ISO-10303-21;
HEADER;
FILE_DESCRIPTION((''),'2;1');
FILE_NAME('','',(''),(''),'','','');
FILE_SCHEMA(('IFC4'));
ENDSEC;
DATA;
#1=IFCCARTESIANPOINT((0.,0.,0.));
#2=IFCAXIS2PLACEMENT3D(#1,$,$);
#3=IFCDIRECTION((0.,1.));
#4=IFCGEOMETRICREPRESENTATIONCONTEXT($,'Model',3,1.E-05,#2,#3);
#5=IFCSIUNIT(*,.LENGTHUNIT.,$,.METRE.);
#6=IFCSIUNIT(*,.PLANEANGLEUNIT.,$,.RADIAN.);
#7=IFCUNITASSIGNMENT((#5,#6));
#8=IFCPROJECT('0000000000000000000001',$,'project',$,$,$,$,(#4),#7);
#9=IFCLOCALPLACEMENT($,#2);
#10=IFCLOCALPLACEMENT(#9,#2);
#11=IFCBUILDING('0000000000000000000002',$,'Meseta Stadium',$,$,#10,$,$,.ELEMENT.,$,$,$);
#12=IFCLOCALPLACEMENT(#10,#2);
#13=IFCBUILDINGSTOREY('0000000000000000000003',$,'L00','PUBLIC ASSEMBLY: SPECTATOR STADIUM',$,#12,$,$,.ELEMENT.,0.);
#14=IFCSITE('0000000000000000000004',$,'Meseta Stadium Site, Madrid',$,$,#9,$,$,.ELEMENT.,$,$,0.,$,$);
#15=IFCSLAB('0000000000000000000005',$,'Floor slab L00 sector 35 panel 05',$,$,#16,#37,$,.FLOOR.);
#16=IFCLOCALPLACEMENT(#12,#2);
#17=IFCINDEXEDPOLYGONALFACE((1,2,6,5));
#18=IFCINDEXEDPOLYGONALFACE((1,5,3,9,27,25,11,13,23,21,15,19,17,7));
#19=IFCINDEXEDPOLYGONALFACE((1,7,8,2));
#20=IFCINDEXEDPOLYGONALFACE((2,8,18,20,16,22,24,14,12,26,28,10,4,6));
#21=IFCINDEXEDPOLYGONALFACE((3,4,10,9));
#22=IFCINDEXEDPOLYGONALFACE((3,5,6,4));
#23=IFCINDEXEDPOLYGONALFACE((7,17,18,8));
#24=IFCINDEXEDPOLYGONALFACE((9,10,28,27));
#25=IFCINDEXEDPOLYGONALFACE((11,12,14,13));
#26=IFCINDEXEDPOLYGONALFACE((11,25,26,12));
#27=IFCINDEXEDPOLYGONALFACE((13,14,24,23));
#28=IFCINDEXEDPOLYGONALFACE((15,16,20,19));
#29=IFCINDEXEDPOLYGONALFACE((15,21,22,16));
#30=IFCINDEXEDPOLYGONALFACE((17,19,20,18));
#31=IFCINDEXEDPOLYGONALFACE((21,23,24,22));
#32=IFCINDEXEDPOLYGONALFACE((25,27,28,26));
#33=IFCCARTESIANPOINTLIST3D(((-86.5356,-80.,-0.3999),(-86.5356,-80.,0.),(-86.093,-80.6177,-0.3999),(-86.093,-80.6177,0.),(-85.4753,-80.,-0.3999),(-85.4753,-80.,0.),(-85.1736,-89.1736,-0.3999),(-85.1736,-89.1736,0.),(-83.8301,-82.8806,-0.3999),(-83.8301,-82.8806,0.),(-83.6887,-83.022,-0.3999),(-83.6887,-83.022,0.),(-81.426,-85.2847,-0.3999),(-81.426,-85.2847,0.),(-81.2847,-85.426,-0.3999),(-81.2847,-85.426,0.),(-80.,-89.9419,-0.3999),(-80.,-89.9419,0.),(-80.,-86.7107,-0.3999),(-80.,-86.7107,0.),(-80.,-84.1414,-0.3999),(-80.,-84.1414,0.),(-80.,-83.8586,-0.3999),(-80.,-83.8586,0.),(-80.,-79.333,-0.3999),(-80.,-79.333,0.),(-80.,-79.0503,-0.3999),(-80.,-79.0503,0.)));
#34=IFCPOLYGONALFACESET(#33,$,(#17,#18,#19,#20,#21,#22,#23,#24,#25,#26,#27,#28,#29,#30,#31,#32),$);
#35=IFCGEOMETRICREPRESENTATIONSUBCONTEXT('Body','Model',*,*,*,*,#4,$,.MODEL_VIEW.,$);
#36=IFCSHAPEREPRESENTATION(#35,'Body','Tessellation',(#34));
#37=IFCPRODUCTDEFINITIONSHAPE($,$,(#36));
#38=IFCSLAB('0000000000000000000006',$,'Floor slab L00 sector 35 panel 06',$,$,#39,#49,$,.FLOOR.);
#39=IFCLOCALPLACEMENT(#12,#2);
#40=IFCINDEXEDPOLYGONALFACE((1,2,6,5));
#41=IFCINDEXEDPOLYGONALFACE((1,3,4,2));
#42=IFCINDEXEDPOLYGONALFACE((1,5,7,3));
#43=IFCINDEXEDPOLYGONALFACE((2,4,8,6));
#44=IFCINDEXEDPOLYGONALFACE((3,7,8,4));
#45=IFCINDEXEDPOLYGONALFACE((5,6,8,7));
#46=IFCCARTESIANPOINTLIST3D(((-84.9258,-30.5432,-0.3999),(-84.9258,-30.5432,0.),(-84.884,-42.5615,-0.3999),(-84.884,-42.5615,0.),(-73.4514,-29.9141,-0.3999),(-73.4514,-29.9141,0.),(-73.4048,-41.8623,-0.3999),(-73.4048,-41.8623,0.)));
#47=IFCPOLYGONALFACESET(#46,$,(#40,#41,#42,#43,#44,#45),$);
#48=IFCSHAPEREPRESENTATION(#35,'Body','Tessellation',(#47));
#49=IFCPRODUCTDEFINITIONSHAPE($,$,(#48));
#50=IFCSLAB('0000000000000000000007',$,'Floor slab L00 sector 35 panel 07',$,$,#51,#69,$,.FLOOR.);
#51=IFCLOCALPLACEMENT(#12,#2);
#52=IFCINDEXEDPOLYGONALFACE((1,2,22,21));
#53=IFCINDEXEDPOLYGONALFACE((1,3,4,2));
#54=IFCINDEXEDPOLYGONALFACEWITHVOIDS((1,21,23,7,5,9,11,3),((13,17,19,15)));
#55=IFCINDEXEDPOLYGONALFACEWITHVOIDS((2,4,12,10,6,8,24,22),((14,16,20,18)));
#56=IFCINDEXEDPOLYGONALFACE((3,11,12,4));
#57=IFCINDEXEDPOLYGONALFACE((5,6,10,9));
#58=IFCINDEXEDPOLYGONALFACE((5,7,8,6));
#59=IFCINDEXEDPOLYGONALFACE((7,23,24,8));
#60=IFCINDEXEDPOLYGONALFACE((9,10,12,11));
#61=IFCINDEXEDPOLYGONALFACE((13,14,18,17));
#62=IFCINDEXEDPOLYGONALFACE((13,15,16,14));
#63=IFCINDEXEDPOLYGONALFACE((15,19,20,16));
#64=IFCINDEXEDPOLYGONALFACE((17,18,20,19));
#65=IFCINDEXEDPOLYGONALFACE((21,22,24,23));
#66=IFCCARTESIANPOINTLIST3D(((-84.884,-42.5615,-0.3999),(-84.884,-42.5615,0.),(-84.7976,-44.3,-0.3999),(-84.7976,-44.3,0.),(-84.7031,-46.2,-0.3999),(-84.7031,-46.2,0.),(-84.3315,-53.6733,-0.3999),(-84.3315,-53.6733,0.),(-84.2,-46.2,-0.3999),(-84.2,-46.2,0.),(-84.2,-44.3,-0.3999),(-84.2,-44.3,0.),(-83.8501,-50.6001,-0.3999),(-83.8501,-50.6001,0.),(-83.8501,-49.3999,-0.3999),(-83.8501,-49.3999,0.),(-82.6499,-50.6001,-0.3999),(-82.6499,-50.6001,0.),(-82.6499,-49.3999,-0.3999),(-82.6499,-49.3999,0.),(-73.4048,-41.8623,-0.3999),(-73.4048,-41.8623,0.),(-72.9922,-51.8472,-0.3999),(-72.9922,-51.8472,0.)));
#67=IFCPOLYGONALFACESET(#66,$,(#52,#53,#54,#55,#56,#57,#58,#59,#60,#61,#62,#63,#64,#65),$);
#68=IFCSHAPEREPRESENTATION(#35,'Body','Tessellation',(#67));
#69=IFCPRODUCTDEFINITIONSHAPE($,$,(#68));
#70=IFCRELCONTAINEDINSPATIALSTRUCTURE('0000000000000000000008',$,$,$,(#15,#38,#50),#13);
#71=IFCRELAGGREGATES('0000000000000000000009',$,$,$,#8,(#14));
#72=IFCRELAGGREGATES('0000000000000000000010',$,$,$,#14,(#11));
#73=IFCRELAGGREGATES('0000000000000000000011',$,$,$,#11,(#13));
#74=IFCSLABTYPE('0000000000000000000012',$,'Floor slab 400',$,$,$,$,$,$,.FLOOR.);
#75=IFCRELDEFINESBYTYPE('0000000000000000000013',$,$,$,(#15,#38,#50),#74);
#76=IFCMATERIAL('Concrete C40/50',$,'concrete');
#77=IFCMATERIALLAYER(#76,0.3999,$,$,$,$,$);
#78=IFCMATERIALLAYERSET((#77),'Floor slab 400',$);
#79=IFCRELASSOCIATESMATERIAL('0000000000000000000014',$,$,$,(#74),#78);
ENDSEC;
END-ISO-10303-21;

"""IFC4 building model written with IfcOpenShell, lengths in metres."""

from ifc_helpers import new_model, si_unit, direction, frame, origin, place, context, subcontext, project, spatial, polyline, outline, extrude, material, layer, layer_set, type_object, element, save


model = new_model("IFC4")

# Units and contexts
model_context = context("Model", 3, precision=1e-05, world=origin(), true_north=direction((0.0, 1.0)))
body_context = subcontext(model_context, "Body", "Model", "MODEL_VIEW")
ifc_project = project(units=[si_unit("LENGTHUNIT", "METRE"), si_unit("PLANEANGLEUNIT", "RADIAN")], contexts=[model_context])

# Site, building, storey
site_placement = place(None, origin())
site = spatial("IfcSite", under=ifc_project, at=site_placement, Name="Meseta Stadium Site, Madrid", CompositionType="ELEMENT", RefElevation=0.0)
building_placement = place(site_placement, origin())
building = spatial("IfcBuilding", under=site, at=building_placement, Name="Meseta Stadium", CompositionType="ELEMENT")
storey_placement = place(building_placement, origin())
storey = spatial("IfcBuildingStorey", under=building, at=storey_placement, Name="L00", Description="PUBLIC ASSEMBLY: SPECTATOR STADIUM", CompositionType="ELEMENT", Elevation=0.0)

# Slabs
ifc_material_1 = material(Name="Concrete C40/50", Category="concrete")
ifc_layer = layer(ifc_material_1, 0.3999)
ifc_layer_set = layer_set([ifc_layer], Name="Floor slab 400")
slab_type = type_object("IfcSlabType", Name="Floor slab 400", PredefinedType="FLOOR", material=ifc_layer_set)
slab_1_placement = place(storey_placement, frame((0.0, 0.0, -0.3999)))
element("IfcSlab", 1, at=slab_1_placement, inside=storey, type_object=slab_type, Name="Floor slab L00 sector 35 panel 05", PredefinedType="FLOOR", context=body_context, shape_type="SweptSolid", body=[
    extrude(outline(polyline([(-83.6887, -83.022), (-80.0, -79.333), (-80.0, -79.0503), (-83.8301, -82.8806), (-86.093, -80.6177), (-85.4753, -80.0), (-86.5356, -80.0), (-85.1736, -89.1736), (-80.0, -89.9419), (-80.0, -86.7107), (-81.2847, -85.426), (-80.0, -84.1414), (-80.0, -83.8586), (-81.426, -85.2847), (-83.6887, -83.022)])), origin(), (0.0, 0.0, 1.0), 0.3999),
])
slab_2_placement = place(storey_placement, frame((0.0, 0.0, -0.3999)))
element("IfcSlab", 2, at=slab_2_placement, inside=storey, type_object=slab_type, Name="Floor slab L00 sector 35 panel 06", PredefinedType="FLOOR", context=body_context, shape_type="SweptSolid", body=[
    extrude(outline(polyline([(-73.4048, -41.8623), (-73.4514, -29.9141), (-84.9258, -30.5432), (-84.884, -42.5615), (-73.4048, -41.8623)])), origin(), (0.0, 0.0, 1.0), 0.3999),
])
slab_3_placement = place(storey_placement, frame((0.0, 0.0, -0.3999)))
element("IfcSlab", 3, at=slab_3_placement, inside=storey, type_object=slab_type, Name="Floor slab L00 sector 35 panel 07", PredefinedType="FLOOR", context=body_context, shape_type="SweptSolid", body=[
    extrude(outline(polyline([(-72.9922, -51.8472), (-73.4048, -41.8623), (-84.884, -42.5615), (-84.7976, -44.3), (-84.2, -44.3), (-84.2, -46.2), (-84.7031, -46.2), (-84.3315, -53.6733), (-72.9922, -51.8472)]), holes=[polyline([(-82.6499, -50.6001), (-83.8501, -50.6001), (-83.8501, -49.3999), (-82.6499, -49.3999), (-82.6499, -50.6001)])]), origin(), (0.0, 0.0, 1.0), 0.3999),
])

save(model, "model.ifc")
